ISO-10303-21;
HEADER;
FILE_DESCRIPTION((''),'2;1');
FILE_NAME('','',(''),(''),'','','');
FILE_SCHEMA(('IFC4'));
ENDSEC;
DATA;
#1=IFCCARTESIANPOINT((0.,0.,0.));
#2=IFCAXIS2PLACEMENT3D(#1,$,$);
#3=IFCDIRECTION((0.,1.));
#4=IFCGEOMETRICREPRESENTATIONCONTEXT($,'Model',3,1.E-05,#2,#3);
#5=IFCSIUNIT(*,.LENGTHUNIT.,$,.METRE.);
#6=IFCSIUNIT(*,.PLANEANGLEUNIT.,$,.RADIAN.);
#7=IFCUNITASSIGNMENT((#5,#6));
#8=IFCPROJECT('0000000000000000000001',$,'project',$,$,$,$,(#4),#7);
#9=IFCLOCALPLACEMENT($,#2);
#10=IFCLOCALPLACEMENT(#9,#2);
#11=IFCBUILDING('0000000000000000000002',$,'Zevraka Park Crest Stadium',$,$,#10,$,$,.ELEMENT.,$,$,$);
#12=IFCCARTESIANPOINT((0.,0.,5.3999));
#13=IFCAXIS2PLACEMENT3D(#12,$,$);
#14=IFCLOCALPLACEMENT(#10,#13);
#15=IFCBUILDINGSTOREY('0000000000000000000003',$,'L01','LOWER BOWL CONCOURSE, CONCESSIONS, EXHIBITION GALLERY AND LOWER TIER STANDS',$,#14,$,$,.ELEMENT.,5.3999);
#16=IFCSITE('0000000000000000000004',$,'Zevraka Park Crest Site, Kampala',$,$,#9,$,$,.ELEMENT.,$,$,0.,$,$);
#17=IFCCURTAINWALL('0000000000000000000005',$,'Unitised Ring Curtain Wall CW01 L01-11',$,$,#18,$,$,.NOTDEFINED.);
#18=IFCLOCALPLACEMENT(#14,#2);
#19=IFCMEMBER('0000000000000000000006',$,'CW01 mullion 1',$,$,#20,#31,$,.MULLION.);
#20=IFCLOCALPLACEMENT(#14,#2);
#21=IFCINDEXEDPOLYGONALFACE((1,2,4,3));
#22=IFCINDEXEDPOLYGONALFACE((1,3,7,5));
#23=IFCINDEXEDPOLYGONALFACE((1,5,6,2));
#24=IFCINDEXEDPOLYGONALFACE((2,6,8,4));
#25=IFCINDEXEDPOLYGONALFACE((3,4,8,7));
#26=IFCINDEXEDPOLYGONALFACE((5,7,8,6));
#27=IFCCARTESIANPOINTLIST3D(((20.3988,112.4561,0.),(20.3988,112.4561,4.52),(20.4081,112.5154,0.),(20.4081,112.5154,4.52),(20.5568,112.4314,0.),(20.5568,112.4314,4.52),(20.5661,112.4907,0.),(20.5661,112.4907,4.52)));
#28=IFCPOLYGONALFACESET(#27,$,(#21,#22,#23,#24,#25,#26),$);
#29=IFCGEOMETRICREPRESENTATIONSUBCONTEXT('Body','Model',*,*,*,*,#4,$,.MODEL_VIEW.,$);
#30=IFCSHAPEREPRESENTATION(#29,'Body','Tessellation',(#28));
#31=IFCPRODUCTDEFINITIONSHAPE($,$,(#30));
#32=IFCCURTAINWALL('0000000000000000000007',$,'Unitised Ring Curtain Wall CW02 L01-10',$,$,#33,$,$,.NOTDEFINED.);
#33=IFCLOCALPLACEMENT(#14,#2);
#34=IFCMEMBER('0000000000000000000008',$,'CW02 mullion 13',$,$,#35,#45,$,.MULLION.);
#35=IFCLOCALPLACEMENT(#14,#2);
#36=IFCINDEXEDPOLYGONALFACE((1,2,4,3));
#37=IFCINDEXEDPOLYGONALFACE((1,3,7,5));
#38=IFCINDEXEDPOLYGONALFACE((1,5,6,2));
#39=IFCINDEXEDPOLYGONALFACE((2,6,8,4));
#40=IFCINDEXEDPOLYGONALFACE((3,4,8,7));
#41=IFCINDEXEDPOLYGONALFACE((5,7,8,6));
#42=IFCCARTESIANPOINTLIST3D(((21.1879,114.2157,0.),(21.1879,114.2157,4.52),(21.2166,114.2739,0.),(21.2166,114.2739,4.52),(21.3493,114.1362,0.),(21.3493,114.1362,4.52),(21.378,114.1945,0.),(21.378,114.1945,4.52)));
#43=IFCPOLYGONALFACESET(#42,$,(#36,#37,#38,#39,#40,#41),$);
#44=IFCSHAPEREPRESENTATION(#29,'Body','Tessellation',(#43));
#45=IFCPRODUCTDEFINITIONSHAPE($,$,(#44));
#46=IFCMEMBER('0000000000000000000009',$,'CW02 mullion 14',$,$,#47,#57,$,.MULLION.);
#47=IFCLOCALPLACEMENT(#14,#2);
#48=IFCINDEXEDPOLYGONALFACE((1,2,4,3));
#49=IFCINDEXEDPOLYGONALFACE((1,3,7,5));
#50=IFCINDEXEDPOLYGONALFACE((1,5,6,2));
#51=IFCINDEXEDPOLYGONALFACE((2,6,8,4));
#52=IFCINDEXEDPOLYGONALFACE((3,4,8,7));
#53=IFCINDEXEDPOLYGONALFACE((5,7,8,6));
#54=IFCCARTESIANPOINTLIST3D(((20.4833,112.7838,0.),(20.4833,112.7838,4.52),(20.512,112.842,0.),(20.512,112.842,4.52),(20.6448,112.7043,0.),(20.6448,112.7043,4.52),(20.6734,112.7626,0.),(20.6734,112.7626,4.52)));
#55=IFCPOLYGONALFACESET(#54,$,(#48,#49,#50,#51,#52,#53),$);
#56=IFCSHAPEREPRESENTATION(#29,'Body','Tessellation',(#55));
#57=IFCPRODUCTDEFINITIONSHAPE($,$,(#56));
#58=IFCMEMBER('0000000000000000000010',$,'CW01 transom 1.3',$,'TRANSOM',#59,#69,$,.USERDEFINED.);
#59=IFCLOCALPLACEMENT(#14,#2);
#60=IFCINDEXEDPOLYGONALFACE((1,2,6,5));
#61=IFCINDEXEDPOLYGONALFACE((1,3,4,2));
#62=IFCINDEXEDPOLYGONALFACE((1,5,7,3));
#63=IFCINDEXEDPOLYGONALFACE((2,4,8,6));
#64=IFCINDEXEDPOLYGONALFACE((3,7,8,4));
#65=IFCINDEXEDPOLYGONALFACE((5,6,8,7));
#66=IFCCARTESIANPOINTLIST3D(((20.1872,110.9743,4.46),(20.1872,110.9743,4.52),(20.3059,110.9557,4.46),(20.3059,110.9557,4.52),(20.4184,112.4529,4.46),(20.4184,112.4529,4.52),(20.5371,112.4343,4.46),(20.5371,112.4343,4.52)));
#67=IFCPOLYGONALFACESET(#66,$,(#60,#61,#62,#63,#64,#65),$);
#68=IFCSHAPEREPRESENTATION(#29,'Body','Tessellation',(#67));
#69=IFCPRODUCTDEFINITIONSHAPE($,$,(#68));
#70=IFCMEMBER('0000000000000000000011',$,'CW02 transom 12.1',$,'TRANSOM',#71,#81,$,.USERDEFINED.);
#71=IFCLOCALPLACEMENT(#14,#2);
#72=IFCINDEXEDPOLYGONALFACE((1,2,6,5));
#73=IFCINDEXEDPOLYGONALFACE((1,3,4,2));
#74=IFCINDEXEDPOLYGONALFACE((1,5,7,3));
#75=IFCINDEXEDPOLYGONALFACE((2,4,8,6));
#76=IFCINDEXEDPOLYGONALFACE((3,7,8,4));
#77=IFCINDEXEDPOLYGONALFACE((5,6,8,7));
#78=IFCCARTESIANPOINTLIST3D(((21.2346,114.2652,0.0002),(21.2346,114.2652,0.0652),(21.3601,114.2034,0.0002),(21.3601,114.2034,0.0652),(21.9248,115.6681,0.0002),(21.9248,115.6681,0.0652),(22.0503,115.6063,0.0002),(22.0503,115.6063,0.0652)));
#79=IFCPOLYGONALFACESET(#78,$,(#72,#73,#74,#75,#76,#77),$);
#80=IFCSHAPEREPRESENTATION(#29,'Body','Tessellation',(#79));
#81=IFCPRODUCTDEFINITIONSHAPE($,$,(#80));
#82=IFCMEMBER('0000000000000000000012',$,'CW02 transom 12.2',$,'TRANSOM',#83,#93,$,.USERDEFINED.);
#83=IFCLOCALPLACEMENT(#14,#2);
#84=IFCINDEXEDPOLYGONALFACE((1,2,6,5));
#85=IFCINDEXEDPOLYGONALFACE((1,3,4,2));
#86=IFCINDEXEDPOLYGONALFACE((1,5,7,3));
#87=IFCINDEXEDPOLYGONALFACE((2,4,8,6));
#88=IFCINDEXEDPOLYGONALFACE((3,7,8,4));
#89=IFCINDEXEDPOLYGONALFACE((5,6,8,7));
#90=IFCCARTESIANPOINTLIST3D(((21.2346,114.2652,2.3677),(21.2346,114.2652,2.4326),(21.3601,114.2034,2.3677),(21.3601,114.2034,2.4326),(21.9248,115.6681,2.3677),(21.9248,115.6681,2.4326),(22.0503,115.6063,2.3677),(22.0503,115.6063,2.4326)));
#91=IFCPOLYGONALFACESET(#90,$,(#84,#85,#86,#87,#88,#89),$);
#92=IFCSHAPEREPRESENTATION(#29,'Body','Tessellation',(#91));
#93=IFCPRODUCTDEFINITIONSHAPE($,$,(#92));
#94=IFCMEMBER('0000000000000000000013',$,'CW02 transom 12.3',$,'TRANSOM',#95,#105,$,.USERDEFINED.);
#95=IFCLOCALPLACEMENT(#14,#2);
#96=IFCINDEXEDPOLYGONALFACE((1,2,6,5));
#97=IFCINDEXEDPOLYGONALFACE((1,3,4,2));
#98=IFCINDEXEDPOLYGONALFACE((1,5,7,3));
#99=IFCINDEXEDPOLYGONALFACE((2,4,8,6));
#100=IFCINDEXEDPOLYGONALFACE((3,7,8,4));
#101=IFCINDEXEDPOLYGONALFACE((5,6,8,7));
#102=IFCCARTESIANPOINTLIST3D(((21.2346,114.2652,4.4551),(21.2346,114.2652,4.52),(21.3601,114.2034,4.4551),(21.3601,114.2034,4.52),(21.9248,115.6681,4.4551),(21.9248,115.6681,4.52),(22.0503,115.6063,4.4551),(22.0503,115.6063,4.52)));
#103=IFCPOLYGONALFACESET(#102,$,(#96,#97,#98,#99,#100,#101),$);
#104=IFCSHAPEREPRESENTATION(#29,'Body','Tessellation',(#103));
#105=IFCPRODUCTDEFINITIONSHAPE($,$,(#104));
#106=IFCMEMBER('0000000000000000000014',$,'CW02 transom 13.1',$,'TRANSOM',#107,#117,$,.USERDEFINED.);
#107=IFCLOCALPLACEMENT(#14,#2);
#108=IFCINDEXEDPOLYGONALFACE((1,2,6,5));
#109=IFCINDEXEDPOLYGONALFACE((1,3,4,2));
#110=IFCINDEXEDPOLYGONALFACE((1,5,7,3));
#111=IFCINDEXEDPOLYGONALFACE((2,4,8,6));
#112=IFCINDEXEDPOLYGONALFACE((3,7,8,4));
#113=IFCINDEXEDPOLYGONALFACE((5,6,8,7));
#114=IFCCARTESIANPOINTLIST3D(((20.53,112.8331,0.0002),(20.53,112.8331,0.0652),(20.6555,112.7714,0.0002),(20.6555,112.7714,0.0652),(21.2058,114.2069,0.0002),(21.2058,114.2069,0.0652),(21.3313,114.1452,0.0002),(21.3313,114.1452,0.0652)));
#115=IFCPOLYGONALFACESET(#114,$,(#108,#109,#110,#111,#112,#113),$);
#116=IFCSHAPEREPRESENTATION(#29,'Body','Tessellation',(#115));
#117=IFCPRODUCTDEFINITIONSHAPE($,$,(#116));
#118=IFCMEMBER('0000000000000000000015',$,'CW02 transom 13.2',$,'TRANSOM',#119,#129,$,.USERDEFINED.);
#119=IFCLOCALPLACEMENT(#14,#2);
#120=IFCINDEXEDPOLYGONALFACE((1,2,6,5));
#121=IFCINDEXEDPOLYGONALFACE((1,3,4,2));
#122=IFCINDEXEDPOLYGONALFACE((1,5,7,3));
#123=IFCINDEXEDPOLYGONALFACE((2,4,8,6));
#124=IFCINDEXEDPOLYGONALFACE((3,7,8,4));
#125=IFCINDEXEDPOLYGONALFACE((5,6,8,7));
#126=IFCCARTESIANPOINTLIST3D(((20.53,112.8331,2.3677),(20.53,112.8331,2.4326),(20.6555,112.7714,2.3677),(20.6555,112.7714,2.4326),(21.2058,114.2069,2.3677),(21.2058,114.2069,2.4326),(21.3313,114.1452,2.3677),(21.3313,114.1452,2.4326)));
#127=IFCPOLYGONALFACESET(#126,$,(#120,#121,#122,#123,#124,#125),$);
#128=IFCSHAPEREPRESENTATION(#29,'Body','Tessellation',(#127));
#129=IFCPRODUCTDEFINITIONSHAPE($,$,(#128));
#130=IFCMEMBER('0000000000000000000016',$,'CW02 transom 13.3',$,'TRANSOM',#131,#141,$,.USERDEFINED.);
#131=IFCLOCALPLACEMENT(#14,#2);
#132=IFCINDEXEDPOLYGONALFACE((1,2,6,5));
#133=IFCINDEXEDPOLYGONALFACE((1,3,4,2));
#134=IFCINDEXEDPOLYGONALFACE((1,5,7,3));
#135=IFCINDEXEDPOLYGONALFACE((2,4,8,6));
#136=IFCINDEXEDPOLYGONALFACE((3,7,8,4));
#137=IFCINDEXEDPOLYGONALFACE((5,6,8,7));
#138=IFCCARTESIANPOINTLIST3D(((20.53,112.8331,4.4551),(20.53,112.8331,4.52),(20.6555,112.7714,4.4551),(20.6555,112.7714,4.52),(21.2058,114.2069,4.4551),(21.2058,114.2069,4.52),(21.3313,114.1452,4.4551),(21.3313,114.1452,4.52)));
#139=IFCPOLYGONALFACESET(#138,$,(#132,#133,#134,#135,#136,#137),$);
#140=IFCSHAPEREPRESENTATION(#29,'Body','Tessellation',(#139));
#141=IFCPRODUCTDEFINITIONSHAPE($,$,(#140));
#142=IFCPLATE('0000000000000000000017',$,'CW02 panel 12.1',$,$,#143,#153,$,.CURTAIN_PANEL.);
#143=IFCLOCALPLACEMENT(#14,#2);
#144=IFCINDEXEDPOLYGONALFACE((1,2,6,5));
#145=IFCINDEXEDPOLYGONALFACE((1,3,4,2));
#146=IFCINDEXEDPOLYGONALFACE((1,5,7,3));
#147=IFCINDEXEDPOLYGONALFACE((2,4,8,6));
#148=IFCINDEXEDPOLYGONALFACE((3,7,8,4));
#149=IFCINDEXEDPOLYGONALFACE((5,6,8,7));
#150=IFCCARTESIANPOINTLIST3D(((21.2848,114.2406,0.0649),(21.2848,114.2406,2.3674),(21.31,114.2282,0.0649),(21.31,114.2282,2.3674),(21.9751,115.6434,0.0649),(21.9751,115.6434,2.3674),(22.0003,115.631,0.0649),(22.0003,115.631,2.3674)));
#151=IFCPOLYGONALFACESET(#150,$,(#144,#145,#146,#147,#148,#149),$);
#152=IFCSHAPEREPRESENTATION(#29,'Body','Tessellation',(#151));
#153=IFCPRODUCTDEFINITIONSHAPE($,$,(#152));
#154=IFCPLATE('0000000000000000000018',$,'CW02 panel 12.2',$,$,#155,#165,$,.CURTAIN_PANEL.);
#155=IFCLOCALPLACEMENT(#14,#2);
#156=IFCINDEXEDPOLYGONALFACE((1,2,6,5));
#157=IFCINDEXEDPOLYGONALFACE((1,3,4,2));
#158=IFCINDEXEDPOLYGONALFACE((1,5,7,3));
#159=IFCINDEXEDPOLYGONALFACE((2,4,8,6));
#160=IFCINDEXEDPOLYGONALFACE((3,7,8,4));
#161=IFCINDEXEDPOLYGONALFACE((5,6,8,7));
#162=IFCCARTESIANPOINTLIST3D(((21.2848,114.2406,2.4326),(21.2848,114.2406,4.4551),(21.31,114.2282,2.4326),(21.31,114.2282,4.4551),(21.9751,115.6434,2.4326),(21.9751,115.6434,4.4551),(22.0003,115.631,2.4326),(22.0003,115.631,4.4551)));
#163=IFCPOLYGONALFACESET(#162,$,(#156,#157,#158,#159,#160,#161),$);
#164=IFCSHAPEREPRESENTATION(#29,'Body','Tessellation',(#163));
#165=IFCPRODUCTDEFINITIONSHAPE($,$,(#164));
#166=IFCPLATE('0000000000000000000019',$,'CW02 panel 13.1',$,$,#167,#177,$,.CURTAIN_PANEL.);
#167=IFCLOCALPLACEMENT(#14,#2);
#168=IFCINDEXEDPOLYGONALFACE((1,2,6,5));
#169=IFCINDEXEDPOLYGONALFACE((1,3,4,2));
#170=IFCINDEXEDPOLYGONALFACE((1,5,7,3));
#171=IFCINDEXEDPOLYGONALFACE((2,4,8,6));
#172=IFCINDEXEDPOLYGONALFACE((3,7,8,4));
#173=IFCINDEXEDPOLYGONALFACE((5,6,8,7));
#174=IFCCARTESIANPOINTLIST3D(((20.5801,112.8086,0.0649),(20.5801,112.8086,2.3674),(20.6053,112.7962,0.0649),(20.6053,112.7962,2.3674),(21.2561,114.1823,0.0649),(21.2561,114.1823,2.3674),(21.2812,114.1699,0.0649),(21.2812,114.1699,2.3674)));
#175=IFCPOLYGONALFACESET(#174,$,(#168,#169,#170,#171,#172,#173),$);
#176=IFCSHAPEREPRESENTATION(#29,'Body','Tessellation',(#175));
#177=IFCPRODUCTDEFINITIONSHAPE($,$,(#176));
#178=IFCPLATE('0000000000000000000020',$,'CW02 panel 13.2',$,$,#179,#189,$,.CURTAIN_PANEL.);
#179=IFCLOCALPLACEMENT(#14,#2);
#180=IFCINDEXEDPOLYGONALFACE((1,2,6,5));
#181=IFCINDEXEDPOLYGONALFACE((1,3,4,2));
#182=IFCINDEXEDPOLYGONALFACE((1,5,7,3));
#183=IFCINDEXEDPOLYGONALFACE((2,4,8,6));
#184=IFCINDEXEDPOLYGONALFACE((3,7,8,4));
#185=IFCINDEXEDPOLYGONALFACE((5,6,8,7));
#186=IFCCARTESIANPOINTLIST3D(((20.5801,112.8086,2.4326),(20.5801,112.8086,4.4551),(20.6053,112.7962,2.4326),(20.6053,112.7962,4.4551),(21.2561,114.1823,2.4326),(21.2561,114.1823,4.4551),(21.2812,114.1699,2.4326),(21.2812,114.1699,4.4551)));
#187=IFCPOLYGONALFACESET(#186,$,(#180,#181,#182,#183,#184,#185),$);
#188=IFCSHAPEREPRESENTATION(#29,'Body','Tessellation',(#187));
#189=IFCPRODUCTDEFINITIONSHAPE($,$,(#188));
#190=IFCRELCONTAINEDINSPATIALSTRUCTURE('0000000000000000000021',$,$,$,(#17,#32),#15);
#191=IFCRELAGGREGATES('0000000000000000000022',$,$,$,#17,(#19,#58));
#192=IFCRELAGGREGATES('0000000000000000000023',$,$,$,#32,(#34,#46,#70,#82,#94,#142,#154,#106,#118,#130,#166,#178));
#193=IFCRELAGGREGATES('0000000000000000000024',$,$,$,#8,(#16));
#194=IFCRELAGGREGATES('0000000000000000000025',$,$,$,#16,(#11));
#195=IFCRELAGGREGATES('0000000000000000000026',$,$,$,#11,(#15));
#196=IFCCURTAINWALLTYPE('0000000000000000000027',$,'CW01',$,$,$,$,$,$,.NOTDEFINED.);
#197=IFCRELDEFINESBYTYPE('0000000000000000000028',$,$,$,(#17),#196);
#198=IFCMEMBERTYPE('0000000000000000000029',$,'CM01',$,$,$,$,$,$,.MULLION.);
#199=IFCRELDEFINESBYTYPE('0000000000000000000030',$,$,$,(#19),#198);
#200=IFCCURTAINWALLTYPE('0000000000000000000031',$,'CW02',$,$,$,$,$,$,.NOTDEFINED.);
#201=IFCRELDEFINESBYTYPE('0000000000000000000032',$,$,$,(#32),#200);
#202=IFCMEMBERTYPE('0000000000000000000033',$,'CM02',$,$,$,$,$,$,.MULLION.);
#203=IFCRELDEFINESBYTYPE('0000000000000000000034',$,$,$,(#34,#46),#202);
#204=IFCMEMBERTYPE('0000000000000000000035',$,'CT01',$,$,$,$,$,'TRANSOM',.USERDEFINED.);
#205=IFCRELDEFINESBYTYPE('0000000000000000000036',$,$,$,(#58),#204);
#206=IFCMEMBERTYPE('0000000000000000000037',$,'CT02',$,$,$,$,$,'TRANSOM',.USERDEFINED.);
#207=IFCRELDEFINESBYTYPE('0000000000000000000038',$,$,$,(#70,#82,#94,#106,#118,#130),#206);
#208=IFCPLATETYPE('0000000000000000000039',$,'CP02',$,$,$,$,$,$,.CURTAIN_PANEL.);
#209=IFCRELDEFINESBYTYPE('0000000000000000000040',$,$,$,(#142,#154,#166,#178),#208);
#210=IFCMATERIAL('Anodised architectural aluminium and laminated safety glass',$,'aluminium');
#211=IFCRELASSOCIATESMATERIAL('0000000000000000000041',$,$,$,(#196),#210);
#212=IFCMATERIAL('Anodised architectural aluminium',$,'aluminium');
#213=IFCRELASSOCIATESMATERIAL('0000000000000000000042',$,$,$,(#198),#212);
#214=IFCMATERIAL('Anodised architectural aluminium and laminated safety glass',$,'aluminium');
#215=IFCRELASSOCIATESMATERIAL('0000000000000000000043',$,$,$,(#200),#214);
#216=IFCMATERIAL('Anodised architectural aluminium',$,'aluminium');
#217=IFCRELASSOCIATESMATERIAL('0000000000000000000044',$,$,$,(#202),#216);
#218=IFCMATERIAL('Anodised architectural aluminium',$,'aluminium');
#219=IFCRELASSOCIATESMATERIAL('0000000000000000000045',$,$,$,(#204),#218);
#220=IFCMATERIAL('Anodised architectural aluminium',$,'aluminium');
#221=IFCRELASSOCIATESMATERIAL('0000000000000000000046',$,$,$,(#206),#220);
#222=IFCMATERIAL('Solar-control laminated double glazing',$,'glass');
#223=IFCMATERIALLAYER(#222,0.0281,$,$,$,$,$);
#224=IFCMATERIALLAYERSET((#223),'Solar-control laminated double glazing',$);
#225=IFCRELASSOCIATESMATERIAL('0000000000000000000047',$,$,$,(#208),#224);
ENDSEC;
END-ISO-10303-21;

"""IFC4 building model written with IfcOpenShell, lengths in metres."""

from ifc_helpers import new_model, si_unit, direction, frame, origin, origin_2d, place, context, subcontext, project, spatial, rectangle, extrude, material, layer, layer_set, material_profile, profile_set, type_object, element, aggregate, save


model = new_model("IFC4")

# Units and contexts
model_context = context("Model", 3, precision=1e-05, world=origin(), true_north=direction((0.0, 1.0)))
body_context = subcontext(model_context, "Body", "Model", "MODEL_VIEW")
ifc_project = project(units=[si_unit("LENGTHUNIT", "METRE"), si_unit("PLANEANGLEUNIT", "RADIAN")], contexts=[model_context])

# Site, building, storey
site_placement = place(None, origin())
site = spatial("IfcSite", under=ifc_project, at=site_placement, Name="Zevraka Park Crest Site, Kampala", CompositionType="ELEMENT", RefElevation=0.0)
building_placement = place(site_placement, origin())
building = spatial("IfcBuilding", under=site, at=building_placement, Name="Zevraka Park Crest Stadium", CompositionType="ELEMENT")
storey_placement = place(building_placement, frame((0.0, 0.0, 5.3999)))
storey = spatial("IfcBuildingStorey", under=building, at=storey_placement, Name="L01", Description="LOWER BOWL CONCOURSE, CONCESSIONS, EXHIBITION GALLERY AND LOWER TIER STANDS", CompositionType="ELEMENT", Elevation=5.3999)

# Curtain wall, member
ifc_material_1 = material(Name="Anodised architectural aluminium and laminated safety glass", Category="aluminium")
curtain_wall_type_1 = type_object("IfcCurtainWallType", Name="CW01", PredefinedType="NOTDEFINED", material=ifc_material_1)
curtain_wall_1_placement = place(storey_placement, origin())
curtain_wall_1 = element("IfcCurtainWall", 1, at=curtain_wall_1_placement, inside=storey, type_object=curtain_wall_type_1, Name="Unitised Ring Curtain Wall CW01 L01-11", PredefinedType="NOTDEFINED")
ifc_material_2 = material(Name="Anodised architectural aluminium", Category="aluminium")
ifc_material_profile_1 = material_profile(ifc_material_2, rectangle(XDim=0.1599, YDim=0.0601, at=origin_2d()), Name="ALU MULLION 160x60")
ifc_profile_set_1 = profile_set([ifc_material_profile_1], Name="Anodised architectural aluminium")
member_type_1 = type_object("IfcMemberType", Name="CM01", PredefinedType="MULLION", material=ifc_profile_set_1)
member_1_placement = place(storey_placement, frame((20.4824, 112.4734, 0.0), z_axis=(0.0, 0.0, 1.0), x_axis=(0.987997, -0.154476, 0.0)))
member_1 = element("IfcMember", 2, at=member_1_placement, type_object=member_type_1, Name="CW01 mullion 1", PredefinedType="MULLION", context=body_context, shape_type="SweptSolid", body=[
    extrude(rectangle(XDim=0.1599, YDim=0.0601, at=origin_2d()), origin(), (0.0, 0.0, 1.0), 4.52),
])

# Curtain wall, members
ifc_material_3 = material(Name="Anodised architectural aluminium and laminated safety glass", Category="aluminium")
curtain_wall_type_2 = type_object("IfcCurtainWallType", Name="CW02", PredefinedType="NOTDEFINED", material=ifc_material_3)
curtain_wall_2_placement = place(storey_placement, origin())
curtain_wall_2 = element("IfcCurtainWall", 3, at=curtain_wall_2_placement, inside=storey, type_object=curtain_wall_type_2, Name="Unitised Ring Curtain Wall CW02 L01-10", PredefinedType="NOTDEFINED")
ifc_material_4 = material(Name="Anodised architectural aluminium", Category="aluminium")
ifc_material_profile_2 = material_profile(ifc_material_4, rectangle(XDim=0.1799, YDim=0.0649, at=origin_2d()), Name="ALU MULLION 180x65")
ifc_profile_set_2 = profile_set([ifc_material_profile_2], Name="Anodised architectural aluminium")
member_type_2 = type_object("IfcMemberType", Name="CM02", PredefinedType="MULLION", material=ifc_profile_set_2)
member_2_placement = place(storey_placement, frame((21.283, 114.2051, 0.0), z_axis=(0.0, 0.0, 1.0), x_axis=(0.897253, -0.441517, 0.0)))
member_2 = element("IfcMember", 4, at=member_2_placement, type_object=member_type_2, Name="CW02 mullion 13", PredefinedType="MULLION", context=body_context, shape_type="SweptSolid", body=[
    extrude(rectangle(XDim=0.1799, YDim=0.0649, at=origin_2d()), origin(), (0.0, 0.0, 1.0), 4.52),
])
member_3_placement = place(storey_placement, frame((20.5784, 112.7732, 0.0), z_axis=(0.0, 0.0, 1.0), x_axis=(0.897253, -0.441517, 0.0)))
member_3 = element("IfcMember", 5, at=member_3_placement, type_object=member_type_2, Name="CW02 mullion 14", PredefinedType="MULLION", context=body_context, shape_type="SweptSolid", body=[
    extrude(rectangle(XDim=0.1799, YDim=0.0649, at=origin_2d()), origin(), (0.0, 0.0, 1.0), 4.52),
])

# Members
ifc_material_5 = material(Name="Anodised architectural aluminium", Category="aluminium")
ifc_material_profile_3 = material_profile(ifc_material_5, rectangle(XDim=0.1201, YDim=0.0601, at=origin_2d()), Name="ALU TRANSOM 120x60")
ifc_profile_set_3 = profile_set([ifc_material_profile_3], Name="Anodised architectural aluminium")
member_type_3 = type_object("IfcMemberType", Name="CT01", ElementType="TRANSOM", PredefinedType="USERDEFINED", material=ifc_profile_set_3)
member_4_placement = place(storey_placement, frame((20.4778, 112.4436, 4.49), z_axis=(-0.154496, -0.987993, 0.0), x_axis=(0.987993, -0.154496, 0.0)))
member_4 = element("IfcMember", 6, at=member_4_placement, type_object=member_type_3, Name="CW01 transom 1.3", ObjectType="TRANSOM", PredefinedType="USERDEFINED", context=body_context, shape_type="SweptSolid", body=[
    extrude(rectangle(XDim=0.1201, YDim=0.0601, at=origin_2d()), origin(), (0.0, 0.0, 1.0), 1.4966),
])
aggregate(curtain_wall_1, [member_1, member_4])
ifc_material_6 = material(Name="Anodised architectural aluminium", Category="aluminium")
ifc_material_profile_4 = material_profile(ifc_material_6, rectangle(XDim=0.1399, YDim=0.0649, at=origin_2d()), Name="ALU TRANSOM 140x65")
ifc_profile_set_4 = profile_set([ifc_material_profile_4], Name="Anodised architectural aluminium")
member_type_4 = type_object("IfcMemberType", Name="CT02", ElementType="TRANSOM", PredefinedType="USERDEFINED", material=ifc_profile_set_4)
member_5_placement = place(storey_placement, frame((21.9875, 115.6372, 0.0327), z_axis=(-0.441458, -0.897282, 0.0), x_axis=(0.897282, -0.441458, 0.0)))
member_5 = element("IfcMember", 7, at=member_5_placement, type_object=member_type_4, Name="CW02 transom 12.1", ObjectType="TRANSOM", PredefinedType="USERDEFINED", context=body_context, shape_type="SweptSolid", body=[
    extrude(rectangle(XDim=0.1399, YDim=0.0649, at=origin_2d()), origin(), (0.0, 0.0, 1.0), 1.5635),
])
member_6_placement = place(storey_placement, frame((21.9875, 115.6372, 2.4001), z_axis=(-0.441458, -0.897282, 0.0), x_axis=(0.897282, -0.441458, 0.0)))
member_6 = element("IfcMember", 8, at=member_6_placement, type_object=member_type_4, Name="CW02 transom 12.2", ObjectType="TRANSOM", PredefinedType="USERDEFINED", context=body_context, shape_type="SweptSolid", body=[
    extrude(rectangle(XDim=0.1399, YDim=0.0649, at=origin_2d()), origin(), (0.0, 0.0, 1.0), 1.5635),
])
member_7_placement = place(storey_placement, frame((21.9875, 115.6372, 4.4875), z_axis=(-0.441458, -0.897282, 0.0), x_axis=(0.897282, -0.441458, 0.0)))
member_7 = element("IfcMember", 9, at=member_7_placement, type_object=member_type_4, Name="CW02 transom 12.3", ObjectType="TRANSOM", PredefinedType="USERDEFINED", context=body_context, shape_type="SweptSolid", body=[
    extrude(rectangle(XDim=0.1399, YDim=0.0649, at=origin_2d()), origin(), (0.0, 0.0, 1.0), 1.5635),
])
member_8_placement = place(storey_placement, frame((21.2686, 114.176, 0.0327), z_axis=(-0.4414, -0.897311, 0.0), x_axis=(0.897311, -0.4414, 0.0)))
member_8 = element("IfcMember", 10, at=member_8_placement, type_object=member_type_4, Name="CW02 transom 13.1", ObjectType="TRANSOM", PredefinedType="USERDEFINED", context=body_context, shape_type="SweptSolid", body=[
    extrude(rectangle(XDim=0.1399, YDim=0.0649, at=origin_2d()), origin(), (0.0, 0.0, 1.0), 1.531),
])
member_9_placement = place(storey_placement, frame((21.2686, 114.176, 2.4001), z_axis=(-0.4414, -0.897311, 0.0), x_axis=(0.897311, -0.4414, 0.0)))
member_9 = element("IfcMember", 11, at=member_9_placement, type_object=member_type_4, Name="CW02 transom 13.2", ObjectType="TRANSOM", PredefinedType="USERDEFINED", context=body_context, shape_type="SweptSolid", body=[
    extrude(rectangle(XDim=0.1399, YDim=0.0649, at=origin_2d()), origin(), (0.0, 0.0, 1.0), 1.531),
])
member_10_placement = place(storey_placement, frame((21.2686, 114.176, 4.4875), z_axis=(-0.4414, -0.897311, 0.0), x_axis=(0.897311, -0.4414, 0.0)))
member_10 = element("IfcMember", 12, at=member_10_placement, type_object=member_type_4, Name="CW02 transom 13.3", ObjectType="TRANSOM", PredefinedType="USERDEFINED", context=body_context, shape_type="SweptSolid", body=[
    extrude(rectangle(XDim=0.1399, YDim=0.0649, at=origin_2d()), origin(), (0.0, 0.0, 1.0), 1.531),
])

# Plates
ifc_material_7 = material(Name="Solar-control laminated double glazing", Category="glass")
ifc_layer_1 = layer(ifc_material_7, 0.0281)
ifc_layer_set_1 = layer_set([ifc_layer_1], Name="Solar-control laminated double glazing")
plate_type = type_object("IfcPlateType", Name="CP02", PredefinedType="CURTAIN_PANEL", material=ifc_layer_set_1)
plate_1_placement = place(storey_placement, frame((21.6426, 114.9358, 0.0649), z_axis=(0.0, 0.0, 1.0), x_axis=(-0.441517, -0.897253, 0.0)))
plate_1 = element("IfcPlate", 13, at=plate_1_placement, type_object=plate_type, Name="CW02 panel 12.1", PredefinedType="CURTAIN_PANEL", context=body_context, shape_type="SweptSolid", body=[
    extrude(rectangle(XDim=1.5635, YDim=0.0281, at=origin_2d()), origin(), (0.0, 0.0, 1.0), 2.3025),
])
plate_2_placement = place(storey_placement, frame((21.6426, 114.9358, 2.4326), z_axis=(0.0, 0.0, 1.0), x_axis=(-0.441517, -0.897253, 0.0)))
plate_2 = element("IfcPlate", 14, at=plate_2_placement, type_object=plate_type, Name="CW02 panel 12.2", PredefinedType="CURTAIN_PANEL", context=body_context, shape_type="SweptSolid", body=[
    extrude(rectangle(XDim=1.5635, YDim=0.0281, at=origin_2d()), origin(), (0.0, 0.0, 1.0), 2.0225),
])
plate_3_placement = place(storey_placement, frame((20.9307, 113.4893, 0.0649), z_axis=(0.0, 0.0, 1.0), x_axis=(-0.441517, -0.897253, 0.0)))
plate_3 = element("IfcPlate", 15, at=plate_3_placement, type_object=plate_type, Name="CW02 panel 13.1", PredefinedType="CURTAIN_PANEL", context=body_context, shape_type="SweptSolid", body=[
    extrude(rectangle(XDim=1.531, YDim=0.0281, at=origin_2d()), origin(), (0.0, 0.0, 1.0), 2.3025),
])
plate_4_placement = place(storey_placement, frame((20.9307, 113.4893, 2.4326), z_axis=(0.0, 0.0, 1.0), x_axis=(-0.441517, -0.897253, 0.0)))
plate_4 = element("IfcPlate", 16, at=plate_4_placement, type_object=plate_type, Name="CW02 panel 13.2", PredefinedType="CURTAIN_PANEL", context=body_context, shape_type="SweptSolid", body=[
    extrude(rectangle(XDim=1.531, YDim=0.0281, at=origin_2d()), origin(), (0.0, 0.0, 1.0), 2.0225),
])
aggregate(curtain_wall_2, [member_2, member_3, member_5, member_6, member_7, plate_1, plate_2, member_8, member_9, member_10, plate_3, plate_4])

save(model, "model.ifc")
